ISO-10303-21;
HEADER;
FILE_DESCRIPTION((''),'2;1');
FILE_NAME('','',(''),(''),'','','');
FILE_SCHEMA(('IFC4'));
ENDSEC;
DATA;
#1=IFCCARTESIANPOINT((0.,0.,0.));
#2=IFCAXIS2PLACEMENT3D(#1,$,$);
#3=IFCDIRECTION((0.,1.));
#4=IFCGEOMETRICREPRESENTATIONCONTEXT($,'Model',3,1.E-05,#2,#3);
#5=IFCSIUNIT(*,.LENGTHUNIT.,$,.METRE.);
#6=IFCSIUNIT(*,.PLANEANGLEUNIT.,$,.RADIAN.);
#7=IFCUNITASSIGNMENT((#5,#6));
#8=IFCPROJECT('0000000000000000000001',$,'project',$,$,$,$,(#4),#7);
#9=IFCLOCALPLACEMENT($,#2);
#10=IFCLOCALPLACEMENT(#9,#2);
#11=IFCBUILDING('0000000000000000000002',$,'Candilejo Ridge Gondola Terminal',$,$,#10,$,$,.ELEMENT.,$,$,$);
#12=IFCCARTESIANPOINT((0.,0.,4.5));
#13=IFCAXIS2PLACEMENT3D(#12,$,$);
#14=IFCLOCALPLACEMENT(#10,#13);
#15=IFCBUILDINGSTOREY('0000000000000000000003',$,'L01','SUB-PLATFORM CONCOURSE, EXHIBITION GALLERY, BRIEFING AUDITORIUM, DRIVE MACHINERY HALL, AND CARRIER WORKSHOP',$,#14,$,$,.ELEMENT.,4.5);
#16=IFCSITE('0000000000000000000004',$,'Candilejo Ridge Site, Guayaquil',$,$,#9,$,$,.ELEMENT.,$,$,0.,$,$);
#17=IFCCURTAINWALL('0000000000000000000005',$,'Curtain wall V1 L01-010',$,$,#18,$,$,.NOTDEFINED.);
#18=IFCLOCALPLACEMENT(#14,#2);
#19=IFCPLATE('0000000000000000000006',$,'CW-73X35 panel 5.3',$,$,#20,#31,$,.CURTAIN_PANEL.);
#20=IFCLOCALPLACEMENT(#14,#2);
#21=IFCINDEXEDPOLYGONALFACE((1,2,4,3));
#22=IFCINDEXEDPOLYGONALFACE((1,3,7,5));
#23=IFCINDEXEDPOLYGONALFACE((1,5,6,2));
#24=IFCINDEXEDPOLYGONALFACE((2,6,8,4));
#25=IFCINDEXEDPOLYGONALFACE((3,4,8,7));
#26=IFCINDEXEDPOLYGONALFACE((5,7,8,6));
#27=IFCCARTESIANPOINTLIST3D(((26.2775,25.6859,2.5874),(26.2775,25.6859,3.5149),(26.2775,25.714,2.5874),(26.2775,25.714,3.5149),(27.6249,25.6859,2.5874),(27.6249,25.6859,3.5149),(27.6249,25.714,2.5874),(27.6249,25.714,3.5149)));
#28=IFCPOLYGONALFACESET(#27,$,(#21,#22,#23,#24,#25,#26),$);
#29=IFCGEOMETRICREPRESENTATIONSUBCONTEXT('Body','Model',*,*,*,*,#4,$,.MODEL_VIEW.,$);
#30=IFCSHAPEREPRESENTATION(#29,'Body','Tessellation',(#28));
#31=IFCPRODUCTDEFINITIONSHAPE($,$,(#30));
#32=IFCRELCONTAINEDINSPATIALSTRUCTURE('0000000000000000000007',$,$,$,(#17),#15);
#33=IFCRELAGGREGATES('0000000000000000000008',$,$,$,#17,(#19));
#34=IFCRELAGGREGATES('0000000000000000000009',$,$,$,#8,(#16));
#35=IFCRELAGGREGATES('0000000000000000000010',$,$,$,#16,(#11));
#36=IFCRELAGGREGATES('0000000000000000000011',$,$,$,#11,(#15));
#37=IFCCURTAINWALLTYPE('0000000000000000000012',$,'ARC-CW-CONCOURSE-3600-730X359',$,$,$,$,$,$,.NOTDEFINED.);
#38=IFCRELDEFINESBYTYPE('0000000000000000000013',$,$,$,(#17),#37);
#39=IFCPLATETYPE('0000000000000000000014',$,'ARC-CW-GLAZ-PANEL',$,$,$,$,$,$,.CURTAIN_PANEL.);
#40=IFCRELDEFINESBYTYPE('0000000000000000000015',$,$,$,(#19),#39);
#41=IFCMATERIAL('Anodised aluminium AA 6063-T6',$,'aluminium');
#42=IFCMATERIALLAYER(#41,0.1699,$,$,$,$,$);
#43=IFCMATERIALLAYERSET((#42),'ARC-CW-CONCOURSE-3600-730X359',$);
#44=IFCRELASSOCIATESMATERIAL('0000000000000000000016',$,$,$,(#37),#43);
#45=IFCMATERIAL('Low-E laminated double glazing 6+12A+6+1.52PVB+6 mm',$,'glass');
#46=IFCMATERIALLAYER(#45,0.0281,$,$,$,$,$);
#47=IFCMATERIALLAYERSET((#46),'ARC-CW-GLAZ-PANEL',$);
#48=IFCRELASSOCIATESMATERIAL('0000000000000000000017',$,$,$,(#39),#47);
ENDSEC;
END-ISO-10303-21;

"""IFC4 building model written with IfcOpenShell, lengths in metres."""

from ifc_helpers import new_model, si_unit, direction, frame, origin, origin_2d, place, context, subcontext, project, spatial, rectangle, extrude, material, layer, layer_set, type_object, element, aggregate, save


model = new_model("IFC4")

# Units and contexts
model_context = context("Model", 3, precision=1e-05, world=origin(), true_north=direction((0.0, 1.0)))
body_context = subcontext(model_context, "Body", "Model", "MODEL_VIEW")
ifc_project = project(units=[si_unit("LENGTHUNIT", "METRE"), si_unit("PLANEANGLEUNIT", "RADIAN")], contexts=[model_context])

# Site, building, storey
site_placement = place(None, origin())
site = spatial("IfcSite", under=ifc_project, at=site_placement, Name="Candilejo Ridge Site, Guayaquil", CompositionType="ELEMENT", RefElevation=0.0)
building_placement = place(site_placement, origin())
building = spatial("IfcBuilding", under=site, at=building_placement, Name="Candilejo Ridge Gondola Terminal", CompositionType="ELEMENT")
storey_placement = place(building_placement, frame((0.0, 0.0, 4.5)))
storey = spatial("IfcBuildingStorey", under=building, at=storey_placement, Name="L01", Description="SUB-PLATFORM CONCOURSE, EXHIBITION GALLERY, BRIEFING AUDITORIUM, DRIVE MACHINERY HALL, AND CARRIER WORKSHOP", CompositionType="ELEMENT", Elevation=4.5)

# Curtain wall
ifc_material_1 = material(Name="Anodised aluminium AA 6063-T6", Category="aluminium")
ifc_layer_1 = layer(ifc_material_1, 0.1699)
ifc_layer_set_1 = layer_set([ifc_layer_1], Name="ARC-CW-CONCOURSE-3600-730X359")
curtain_wall_type_1 = type_object("IfcCurtainWallType", Name="ARC-CW-CONCOURSE-3600-730X359", PredefinedType="NOTDEFINED", material=ifc_layer_set_1)
curtain_wall_1_placement = place(storey_placement, origin())
curtain_wall_1 = element("IfcCurtainWall", 1, at=curtain_wall_1_placement, inside=storey, type_object=curtain_wall_type_1, Name="Curtain wall V1 L01-010", PredefinedType="NOTDEFINED")

# Plate
ifc_material_2 = material(Name="Low-E laminated double glazing 6+12A+6+1.52PVB+6 mm", Category="glass")
ifc_layer_2 = layer(ifc_material_2, 0.0281)
ifc_layer_set_2 = layer_set([ifc_layer_2], Name="ARC-CW-GLAZ-PANEL")
plate_type = type_object("IfcPlateType", Name="ARC-CW-GLAZ-PANEL", PredefinedType="CURTAIN_PANEL", material=ifc_layer_set_2)
plate_1_placement = place(storey_placement, frame((26.9512, 25.7, 2.5874), z_axis=(0.0, 0.0, 1.0), x_axis=(1.0, 0.0, 0.0)))
plate_1 = element("IfcPlate", 2, at=plate_1_placement, type_object=plate_type, Name="CW-73X35 panel 5.3", PredefinedType="CURTAIN_PANEL", context=body_context, shape_type="SweptSolid", body=[
    extrude(rectangle(XDim=1.3474, YDim=0.0281, at=origin_2d()), origin(), (0.0, 0.0, 1.0), 0.9275),
])
aggregate(curtain_wall_1, [plate_1])

save(model, "model.ifc")
